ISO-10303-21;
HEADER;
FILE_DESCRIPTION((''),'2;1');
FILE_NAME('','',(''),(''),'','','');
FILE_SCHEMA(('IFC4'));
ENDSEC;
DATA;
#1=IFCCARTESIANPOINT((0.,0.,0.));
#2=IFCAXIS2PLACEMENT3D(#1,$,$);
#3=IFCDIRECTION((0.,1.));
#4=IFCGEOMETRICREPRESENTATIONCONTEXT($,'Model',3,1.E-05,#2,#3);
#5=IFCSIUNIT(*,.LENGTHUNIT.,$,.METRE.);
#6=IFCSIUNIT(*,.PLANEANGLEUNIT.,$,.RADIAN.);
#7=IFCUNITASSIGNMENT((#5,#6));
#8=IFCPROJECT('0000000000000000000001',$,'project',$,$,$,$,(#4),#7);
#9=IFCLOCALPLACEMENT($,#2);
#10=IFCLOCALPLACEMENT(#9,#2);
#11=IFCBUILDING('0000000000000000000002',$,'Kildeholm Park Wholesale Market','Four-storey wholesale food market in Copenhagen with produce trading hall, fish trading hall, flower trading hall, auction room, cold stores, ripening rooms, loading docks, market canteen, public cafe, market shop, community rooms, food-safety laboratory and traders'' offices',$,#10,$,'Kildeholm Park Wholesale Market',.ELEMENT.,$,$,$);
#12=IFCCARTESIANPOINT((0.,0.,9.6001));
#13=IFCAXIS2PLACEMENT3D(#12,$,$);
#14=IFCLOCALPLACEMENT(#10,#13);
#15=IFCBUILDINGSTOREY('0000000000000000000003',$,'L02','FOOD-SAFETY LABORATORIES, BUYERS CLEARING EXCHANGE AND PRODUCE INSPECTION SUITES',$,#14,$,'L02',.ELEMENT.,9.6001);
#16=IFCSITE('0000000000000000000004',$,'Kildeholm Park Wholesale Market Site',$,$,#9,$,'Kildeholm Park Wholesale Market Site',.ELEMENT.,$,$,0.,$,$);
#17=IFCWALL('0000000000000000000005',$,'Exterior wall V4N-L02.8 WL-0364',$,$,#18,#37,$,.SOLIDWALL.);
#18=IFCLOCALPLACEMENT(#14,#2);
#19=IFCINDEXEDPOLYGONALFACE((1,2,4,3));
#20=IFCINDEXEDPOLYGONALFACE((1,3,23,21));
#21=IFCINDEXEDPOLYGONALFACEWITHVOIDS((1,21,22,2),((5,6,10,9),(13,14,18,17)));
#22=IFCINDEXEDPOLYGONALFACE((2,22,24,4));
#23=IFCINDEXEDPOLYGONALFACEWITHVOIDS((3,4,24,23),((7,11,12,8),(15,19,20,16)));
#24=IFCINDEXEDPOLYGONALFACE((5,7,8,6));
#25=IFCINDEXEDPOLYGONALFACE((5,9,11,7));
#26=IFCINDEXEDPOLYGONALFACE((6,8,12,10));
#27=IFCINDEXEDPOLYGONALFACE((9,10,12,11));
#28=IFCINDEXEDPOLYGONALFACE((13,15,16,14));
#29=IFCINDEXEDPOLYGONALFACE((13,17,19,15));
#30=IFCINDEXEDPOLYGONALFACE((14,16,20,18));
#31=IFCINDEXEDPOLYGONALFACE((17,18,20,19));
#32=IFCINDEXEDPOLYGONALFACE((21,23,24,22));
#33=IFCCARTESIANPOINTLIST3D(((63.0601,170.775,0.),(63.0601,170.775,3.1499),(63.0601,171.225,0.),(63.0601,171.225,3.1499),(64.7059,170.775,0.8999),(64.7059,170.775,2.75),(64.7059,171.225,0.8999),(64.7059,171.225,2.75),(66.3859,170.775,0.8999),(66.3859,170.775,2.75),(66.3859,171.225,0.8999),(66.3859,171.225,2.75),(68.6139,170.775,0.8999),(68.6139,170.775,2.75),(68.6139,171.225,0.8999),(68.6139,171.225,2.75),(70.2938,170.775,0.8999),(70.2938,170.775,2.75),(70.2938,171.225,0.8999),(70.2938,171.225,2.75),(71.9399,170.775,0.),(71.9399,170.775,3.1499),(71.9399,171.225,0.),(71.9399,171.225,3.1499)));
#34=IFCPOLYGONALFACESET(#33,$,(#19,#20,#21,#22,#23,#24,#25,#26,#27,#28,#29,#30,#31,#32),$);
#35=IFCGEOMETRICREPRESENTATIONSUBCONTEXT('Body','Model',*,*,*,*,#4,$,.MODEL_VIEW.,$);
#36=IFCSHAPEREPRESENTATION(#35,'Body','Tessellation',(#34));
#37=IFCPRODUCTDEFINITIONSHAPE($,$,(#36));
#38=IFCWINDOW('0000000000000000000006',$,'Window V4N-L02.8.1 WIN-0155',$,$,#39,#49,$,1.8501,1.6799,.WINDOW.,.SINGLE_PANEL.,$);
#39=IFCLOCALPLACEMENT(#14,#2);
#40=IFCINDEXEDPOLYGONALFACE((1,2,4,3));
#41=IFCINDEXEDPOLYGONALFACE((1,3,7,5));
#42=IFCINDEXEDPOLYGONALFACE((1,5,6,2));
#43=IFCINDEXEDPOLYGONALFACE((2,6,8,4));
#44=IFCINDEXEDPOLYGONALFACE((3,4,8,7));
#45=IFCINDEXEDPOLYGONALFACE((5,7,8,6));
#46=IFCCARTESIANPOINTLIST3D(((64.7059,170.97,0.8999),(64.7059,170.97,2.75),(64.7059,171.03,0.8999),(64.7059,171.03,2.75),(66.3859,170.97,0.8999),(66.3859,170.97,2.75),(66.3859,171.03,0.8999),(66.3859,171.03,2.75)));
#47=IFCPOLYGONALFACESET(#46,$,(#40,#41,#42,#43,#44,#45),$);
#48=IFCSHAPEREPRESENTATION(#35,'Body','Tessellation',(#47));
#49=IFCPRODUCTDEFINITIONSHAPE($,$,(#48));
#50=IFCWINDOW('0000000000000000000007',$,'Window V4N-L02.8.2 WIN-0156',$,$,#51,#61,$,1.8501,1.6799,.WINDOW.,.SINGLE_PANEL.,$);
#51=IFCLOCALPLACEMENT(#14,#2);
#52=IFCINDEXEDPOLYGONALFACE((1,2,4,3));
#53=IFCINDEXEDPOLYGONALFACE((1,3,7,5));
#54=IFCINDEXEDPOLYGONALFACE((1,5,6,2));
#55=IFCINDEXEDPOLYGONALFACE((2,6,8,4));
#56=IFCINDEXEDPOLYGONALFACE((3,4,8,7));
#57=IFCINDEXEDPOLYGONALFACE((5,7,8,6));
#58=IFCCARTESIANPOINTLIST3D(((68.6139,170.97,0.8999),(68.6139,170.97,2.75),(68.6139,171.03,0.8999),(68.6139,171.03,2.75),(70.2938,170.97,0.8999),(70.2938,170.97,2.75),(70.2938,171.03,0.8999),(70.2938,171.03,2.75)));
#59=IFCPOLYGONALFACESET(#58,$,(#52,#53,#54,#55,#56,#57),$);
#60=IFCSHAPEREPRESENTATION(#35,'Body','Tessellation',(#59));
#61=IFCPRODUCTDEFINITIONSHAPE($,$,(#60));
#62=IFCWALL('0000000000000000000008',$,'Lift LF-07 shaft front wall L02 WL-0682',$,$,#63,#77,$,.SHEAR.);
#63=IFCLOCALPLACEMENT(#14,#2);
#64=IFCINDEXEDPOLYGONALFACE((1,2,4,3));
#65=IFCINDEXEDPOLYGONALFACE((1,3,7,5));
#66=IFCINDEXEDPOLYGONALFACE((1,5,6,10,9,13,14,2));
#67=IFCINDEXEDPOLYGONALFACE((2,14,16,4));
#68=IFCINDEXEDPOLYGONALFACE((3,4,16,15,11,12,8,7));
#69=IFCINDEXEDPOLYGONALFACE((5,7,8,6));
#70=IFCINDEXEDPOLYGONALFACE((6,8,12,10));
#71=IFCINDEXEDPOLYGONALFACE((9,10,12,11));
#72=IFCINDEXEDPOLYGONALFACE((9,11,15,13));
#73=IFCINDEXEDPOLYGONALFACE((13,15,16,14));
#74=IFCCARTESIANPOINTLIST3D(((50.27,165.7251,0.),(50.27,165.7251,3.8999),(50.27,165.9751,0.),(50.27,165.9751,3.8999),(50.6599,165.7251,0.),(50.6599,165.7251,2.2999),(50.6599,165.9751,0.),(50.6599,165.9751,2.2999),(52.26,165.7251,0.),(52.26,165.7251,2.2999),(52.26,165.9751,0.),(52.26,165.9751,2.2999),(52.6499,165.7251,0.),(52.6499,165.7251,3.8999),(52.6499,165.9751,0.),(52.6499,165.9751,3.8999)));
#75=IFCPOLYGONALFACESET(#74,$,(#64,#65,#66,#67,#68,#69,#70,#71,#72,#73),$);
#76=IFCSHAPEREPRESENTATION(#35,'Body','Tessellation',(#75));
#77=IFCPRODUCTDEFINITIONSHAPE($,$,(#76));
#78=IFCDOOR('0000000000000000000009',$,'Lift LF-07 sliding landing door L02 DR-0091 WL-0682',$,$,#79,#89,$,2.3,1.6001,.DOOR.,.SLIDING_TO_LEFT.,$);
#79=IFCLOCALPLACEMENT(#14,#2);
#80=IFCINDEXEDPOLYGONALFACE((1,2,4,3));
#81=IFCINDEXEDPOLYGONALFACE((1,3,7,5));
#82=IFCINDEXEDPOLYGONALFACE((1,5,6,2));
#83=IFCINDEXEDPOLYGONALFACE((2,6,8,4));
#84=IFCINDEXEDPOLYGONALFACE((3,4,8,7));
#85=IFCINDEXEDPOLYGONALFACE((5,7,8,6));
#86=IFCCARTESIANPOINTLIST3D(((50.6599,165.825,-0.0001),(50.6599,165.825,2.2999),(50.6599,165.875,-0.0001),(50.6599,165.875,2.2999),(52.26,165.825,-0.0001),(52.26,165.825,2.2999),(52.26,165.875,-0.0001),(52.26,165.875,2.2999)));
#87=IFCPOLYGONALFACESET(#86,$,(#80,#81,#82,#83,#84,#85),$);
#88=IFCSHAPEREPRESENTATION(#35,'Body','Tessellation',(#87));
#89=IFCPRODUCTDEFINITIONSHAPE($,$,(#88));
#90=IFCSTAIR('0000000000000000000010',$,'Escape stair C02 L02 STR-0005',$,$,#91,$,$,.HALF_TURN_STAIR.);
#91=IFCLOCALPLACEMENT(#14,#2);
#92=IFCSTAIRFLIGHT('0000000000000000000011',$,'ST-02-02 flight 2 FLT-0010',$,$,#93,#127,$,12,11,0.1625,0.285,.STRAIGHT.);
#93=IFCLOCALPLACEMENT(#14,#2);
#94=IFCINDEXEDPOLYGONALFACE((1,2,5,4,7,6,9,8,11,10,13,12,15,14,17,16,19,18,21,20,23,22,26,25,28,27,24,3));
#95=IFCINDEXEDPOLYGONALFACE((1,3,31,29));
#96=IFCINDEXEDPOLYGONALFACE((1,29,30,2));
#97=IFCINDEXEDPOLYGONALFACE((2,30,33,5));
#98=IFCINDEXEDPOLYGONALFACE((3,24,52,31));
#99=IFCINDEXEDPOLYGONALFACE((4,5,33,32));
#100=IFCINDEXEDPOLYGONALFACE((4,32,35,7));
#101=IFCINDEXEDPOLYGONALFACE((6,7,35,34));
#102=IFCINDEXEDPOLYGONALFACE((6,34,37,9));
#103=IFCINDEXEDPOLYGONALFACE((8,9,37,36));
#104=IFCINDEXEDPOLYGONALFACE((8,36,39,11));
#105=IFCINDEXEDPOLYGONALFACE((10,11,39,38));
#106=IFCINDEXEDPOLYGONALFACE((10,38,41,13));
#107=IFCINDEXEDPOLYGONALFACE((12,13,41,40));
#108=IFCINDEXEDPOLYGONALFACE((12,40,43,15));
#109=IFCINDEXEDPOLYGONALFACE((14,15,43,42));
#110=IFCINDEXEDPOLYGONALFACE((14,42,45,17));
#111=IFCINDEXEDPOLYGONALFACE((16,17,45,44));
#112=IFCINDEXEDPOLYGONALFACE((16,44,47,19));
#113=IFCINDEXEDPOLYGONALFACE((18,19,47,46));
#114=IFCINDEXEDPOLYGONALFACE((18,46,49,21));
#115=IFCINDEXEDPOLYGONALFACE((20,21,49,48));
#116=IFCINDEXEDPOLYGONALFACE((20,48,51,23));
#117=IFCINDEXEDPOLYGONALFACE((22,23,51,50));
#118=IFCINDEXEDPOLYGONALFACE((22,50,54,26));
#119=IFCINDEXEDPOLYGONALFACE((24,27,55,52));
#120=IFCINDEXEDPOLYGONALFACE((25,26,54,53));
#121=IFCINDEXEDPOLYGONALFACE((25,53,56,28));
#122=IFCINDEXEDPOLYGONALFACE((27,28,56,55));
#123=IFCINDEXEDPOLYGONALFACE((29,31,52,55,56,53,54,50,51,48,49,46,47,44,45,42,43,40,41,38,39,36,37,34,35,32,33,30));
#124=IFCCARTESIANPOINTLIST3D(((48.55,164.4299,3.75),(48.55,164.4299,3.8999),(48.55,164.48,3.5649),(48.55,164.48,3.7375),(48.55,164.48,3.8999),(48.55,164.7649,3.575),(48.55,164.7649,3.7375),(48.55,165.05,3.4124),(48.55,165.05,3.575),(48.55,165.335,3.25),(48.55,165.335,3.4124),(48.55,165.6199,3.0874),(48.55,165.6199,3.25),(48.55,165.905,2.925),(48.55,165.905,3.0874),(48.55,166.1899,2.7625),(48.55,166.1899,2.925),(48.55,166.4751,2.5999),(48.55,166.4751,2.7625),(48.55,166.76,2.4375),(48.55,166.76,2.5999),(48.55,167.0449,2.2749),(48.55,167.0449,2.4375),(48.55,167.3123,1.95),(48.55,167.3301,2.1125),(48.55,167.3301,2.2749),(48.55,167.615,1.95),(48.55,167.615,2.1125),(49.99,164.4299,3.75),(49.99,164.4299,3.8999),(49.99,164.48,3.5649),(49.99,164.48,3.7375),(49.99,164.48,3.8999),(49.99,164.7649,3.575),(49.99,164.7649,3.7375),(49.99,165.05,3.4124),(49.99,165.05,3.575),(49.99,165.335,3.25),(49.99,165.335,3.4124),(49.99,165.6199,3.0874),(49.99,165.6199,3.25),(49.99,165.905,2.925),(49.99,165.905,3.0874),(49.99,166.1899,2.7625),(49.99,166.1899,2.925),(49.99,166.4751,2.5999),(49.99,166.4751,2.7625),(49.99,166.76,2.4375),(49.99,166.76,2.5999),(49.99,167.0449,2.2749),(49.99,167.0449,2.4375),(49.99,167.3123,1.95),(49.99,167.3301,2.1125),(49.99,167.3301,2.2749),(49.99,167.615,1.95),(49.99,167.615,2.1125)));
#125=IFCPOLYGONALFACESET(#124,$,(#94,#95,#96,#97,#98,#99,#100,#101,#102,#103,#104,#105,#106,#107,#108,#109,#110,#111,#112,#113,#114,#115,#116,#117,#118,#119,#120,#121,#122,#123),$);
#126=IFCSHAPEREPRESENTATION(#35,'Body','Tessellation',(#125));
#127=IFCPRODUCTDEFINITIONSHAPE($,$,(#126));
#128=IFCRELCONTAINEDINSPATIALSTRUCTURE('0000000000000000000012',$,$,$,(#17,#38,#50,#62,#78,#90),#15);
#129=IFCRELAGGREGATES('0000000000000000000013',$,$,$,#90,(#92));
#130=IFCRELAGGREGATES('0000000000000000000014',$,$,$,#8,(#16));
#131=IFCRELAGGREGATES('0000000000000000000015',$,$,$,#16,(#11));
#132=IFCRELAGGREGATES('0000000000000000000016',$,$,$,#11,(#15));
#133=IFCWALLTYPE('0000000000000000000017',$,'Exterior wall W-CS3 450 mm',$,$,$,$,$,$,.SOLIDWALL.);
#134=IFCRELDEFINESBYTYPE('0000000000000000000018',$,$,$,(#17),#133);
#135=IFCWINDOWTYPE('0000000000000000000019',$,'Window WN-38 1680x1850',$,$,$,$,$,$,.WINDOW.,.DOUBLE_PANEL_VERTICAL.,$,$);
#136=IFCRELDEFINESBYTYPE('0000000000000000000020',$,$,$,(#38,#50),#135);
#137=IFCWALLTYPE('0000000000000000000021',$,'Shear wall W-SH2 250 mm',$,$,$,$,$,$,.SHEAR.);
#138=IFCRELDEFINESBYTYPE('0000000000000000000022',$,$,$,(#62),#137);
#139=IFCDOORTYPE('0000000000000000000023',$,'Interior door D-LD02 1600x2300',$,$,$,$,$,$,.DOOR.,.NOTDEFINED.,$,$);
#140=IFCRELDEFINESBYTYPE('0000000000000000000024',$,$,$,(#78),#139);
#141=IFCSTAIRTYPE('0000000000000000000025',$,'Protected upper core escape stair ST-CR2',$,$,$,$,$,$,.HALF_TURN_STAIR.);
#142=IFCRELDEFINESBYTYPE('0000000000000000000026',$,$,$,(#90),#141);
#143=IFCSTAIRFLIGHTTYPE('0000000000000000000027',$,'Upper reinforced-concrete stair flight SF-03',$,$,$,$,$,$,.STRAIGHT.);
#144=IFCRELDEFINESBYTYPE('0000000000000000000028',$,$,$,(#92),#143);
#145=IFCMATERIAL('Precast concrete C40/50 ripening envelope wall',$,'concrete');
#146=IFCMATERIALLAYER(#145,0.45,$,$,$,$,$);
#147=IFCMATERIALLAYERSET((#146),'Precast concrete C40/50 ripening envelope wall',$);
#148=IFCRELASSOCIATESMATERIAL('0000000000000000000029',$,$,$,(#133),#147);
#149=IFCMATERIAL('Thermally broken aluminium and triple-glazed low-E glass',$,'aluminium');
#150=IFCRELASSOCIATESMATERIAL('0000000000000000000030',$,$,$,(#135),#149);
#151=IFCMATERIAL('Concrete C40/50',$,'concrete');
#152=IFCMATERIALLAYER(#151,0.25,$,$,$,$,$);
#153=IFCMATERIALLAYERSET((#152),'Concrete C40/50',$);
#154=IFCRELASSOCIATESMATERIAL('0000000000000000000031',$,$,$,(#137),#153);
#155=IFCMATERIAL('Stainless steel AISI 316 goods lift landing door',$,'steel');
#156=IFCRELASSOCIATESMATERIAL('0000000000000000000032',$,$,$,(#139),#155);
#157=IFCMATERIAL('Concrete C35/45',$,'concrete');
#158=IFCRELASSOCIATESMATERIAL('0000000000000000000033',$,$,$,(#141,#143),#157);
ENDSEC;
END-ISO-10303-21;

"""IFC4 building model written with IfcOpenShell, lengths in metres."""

from ifc_helpers import new_model, si_unit, direction, frame, frame_2d, origin, place, context, subcontext, project, spatial, polyline, rectangle, outline, extrude, material, layer, layer_set, type_object, element, fill, aggregate, save


model = new_model("IFC4")

# Units and contexts
model_context = context("Model", 3, precision=1e-05, world=origin(), true_north=direction((0.0, 1.0)))
body_context = subcontext(model_context, "Body", "Model", "MODEL_VIEW")
ifc_project = project(units=[si_unit("LENGTHUNIT", "METRE"), si_unit("PLANEANGLEUNIT", "RADIAN")], contexts=[model_context])

# Site, building, storey
site_placement = place(None, origin())
site = spatial("IfcSite", under=ifc_project, at=site_placement, Name="Kildeholm Park Wholesale Market Site", LongName="Kildeholm Park Wholesale Market Site", CompositionType="ELEMENT", RefElevation=0.0)
building_placement = place(site_placement, origin())
building = spatial("IfcBuilding", under=site, at=building_placement, Name="Kildeholm Park Wholesale Market", Description="Four-storey wholesale food market in Copenhagen with produce trading hall, fish trading hall, flower trading hall, auction room, cold stores, ripening rooms, loading docks, market canteen, public cafe, market shop, community rooms, food-safety laboratory and traders' offices", LongName="Kildeholm Park Wholesale Market", CompositionType="ELEMENT")
storey_placement = place(building_placement, frame((0.0, 0.0, 9.6001)))
storey = spatial("IfcBuildingStorey", under=building, at=storey_placement, Name="L02", Description="FOOD-SAFETY LABORATORIES, BUYERS CLEARING EXCHANGE AND PRODUCE INSPECTION SUITES", LongName="L02", CompositionType="ELEMENT", Elevation=9.6001)

# Shared definitions
ifc_material_1 = material(Name="Concrete C40/50", Category="concrete")

# Wall, openings, windows
ifc_material_2 = material(Name="Precast concrete C40/50 ripening envelope wall", Category="concrete")
ifc_layer_1 = layer(ifc_material_2, 0.45)
ifc_layer_set_1 = layer_set([ifc_layer_1], Name="Precast concrete C40/50 ripening envelope wall")
wall_type_1 = type_object("IfcWallType", Name="Exterior wall W-CS3 450 mm", PredefinedType="SOLIDWALL", material=ifc_layer_set_1)
ifc_material_3 = material(Name="Thermally broken aluminium and triple-glazed low-E glass", Category="aluminium")
wall_1_placement = place(storey_placement, frame((63.0601, 171.0, 0.0), z_axis=(0.0, 0.0, 1.0), x_axis=(1.0, 0.0, 0.0)))
wall_1 = element("IfcWall", 1, at=wall_1_placement, inside=storey, type_object=wall_type_1, Name="Exterior wall V4N-L02.8 WL-0364", PredefinedType="SOLIDWALL", context=body_context, shape_type="SweptSolid", body=[
    extrude(rectangle(XDim=8.8799, YDim=0.45, at=frame_2d((4.4399, 0.0))), origin(), (0.0, 0.0, 1.0), 3.1499),
])
opening_1_placement = place(wall_1_placement, frame((1.646, 0.0, 0.8999)))
opening_1 = element("IfcOpeningElement", 2, at=opening_1_placement, cuts=wall_1, PredefinedType="OPENING", context=body_context, shape_type="SweptSolid", body=[
    extrude(rectangle(XDim=1.6799, YDim=1.8501, at=frame_2d((0.8398, 0.925))), frame((0.0, 0.2349, 0.0), z_axis=(0.0, -1.0, 0.0), x_axis=(1.0, 0.0, 0.0)), (0.0, 0.0, 1.0), 0.47),
])
opening_2_placement = place(wall_1_placement, frame((5.554, 0.0, 0.8999)))
opening_2 = element("IfcOpeningElement", 3, at=opening_2_placement, cuts=wall_1, PredefinedType="OPENING", context=body_context, shape_type="SweptSolid", body=[
    extrude(rectangle(XDim=1.6799, YDim=1.8501, at=frame_2d((0.8398, 0.925))), frame((0.0, 0.2349, 0.0), z_axis=(0.0, -1.0, 0.0), x_axis=(1.0, 0.0, 0.0)), (0.0, 0.0, 1.0), 0.47),
])
window_type_1 = type_object("IfcWindowType", Name="Window WN-38 1680x1850", PartitioningType="DOUBLE_PANEL_VERTICAL", PredefinedType="WINDOW", material=ifc_material_3)
window_1_placement = place(opening_1_placement, origin())
window_1 = element("IfcWindow", 4, at=window_1_placement, inside=storey, type_object=window_type_1, Name="Window V4N-L02.8.1 WIN-0155", OverallHeight=1.8501, OverallWidth=1.6799, PartitioningType="SINGLE_PANEL", PredefinedType="WINDOW", context=body_context, shape_type="SweptSolid", body=[
    extrude(rectangle(XDim=1.6799, YDim=1.8501, at=frame_2d((0.8398, 0.925))), frame((0.0, 0.03, 0.0), z_axis=(0.0, -1.0, 0.0), x_axis=(1.0, 0.0, 0.0)), (0.0, 0.0, 1.0), 0.0601),
])
fill(opening_1, window_1)
window_2_placement = place(opening_2_placement, origin())
window_2 = element("IfcWindow", 5, at=window_2_placement, inside=storey, type_object=window_type_1, Name="Window V4N-L02.8.2 WIN-0156", OverallHeight=1.8501, OverallWidth=1.6799, PartitioningType="SINGLE_PANEL", PredefinedType="WINDOW", context=body_context, shape_type="SweptSolid", body=[
    extrude(rectangle(XDim=1.6799, YDim=1.8501, at=frame_2d((0.8398, 0.925))), frame((0.0, 0.03, 0.0), z_axis=(0.0, -1.0, 0.0), x_axis=(1.0, 0.0, 0.0)), (0.0, 0.0, 1.0), 0.0601),
])
fill(opening_2, window_2)

# Wall, opening, door
ifc_layer_2 = layer(ifc_material_1, 0.25)
ifc_layer_set_2 = layer_set([ifc_layer_2], Name="Concrete C40/50")
wall_type_2 = type_object("IfcWallType", Name="Shear wall W-SH2 250 mm", PredefinedType="SHEAR", material=ifc_layer_set_2)
wall_2_placement = place(storey_placement, frame((50.27, 165.8501, 0.0), z_axis=(0.0, 0.0, 1.0), x_axis=(1.0, 0.0, 0.0)))
wall_2 = element("IfcWall", 6, at=wall_2_placement, inside=storey, type_object=wall_type_2, Name="Lift LF-07 shaft front wall L02 WL-0682", PredefinedType="SHEAR", context=body_context, shape_type="SweptSolid", body=[
    extrude(rectangle(XDim=2.3799, YDim=0.25, at=frame_2d((1.1899, 0.0))), origin(), (0.0, 0.0, 1.0), 3.8999),
])
opening_3_placement = place(wall_2_placement, frame((0.3899, 0.0, 0.0)))
opening_3 = element("IfcOpeningElement", 7, at=opening_3_placement, cuts=wall_2, PredefinedType="OPENING", context=body_context, shape_type="SweptSolid", body=[
    extrude(rectangle(XDim=1.6001, YDim=2.3, at=frame_2d((0.8, 1.1499))), frame((0.0, 0.135, 0.0), z_axis=(0.0, -1.0, 0.0), x_axis=(1.0, 0.0, 0.0)), (0.0, 0.0, 1.0), 0.27),
])
ifc_material_4 = material(Name="Stainless steel AISI 316 goods lift landing door", Category="steel")
door_type_1 = type_object("IfcDoorType", Name="Interior door D-LD02 1600x2300", OperationType="NOTDEFINED", PredefinedType="DOOR", material=ifc_material_4)
door_1_placement = place(opening_3_placement, origin())
door_1 = element("IfcDoor", 8, at=door_1_placement, inside=storey, type_object=door_type_1, Name="Lift LF-07 sliding landing door L02 DR-0091 WL-0682", OperationType="SLIDING_TO_LEFT", OverallHeight=2.3, OverallWidth=1.6001, PredefinedType="DOOR", context=body_context, shape_type="SweptSolid", body=[
    extrude(rectangle(XDim=1.6001, YDim=2.3, at=frame_2d((0.8, 1.1499))), frame((0.0, 0.0249, 0.0), z_axis=(0.0, -1.0, 0.0), x_axis=(1.0, 0.0, 0.0)), (0.0, 0.0, 1.0), 0.05),
])
fill(opening_3, door_1)

# Stair, stair flight
ifc_material_5 = material(Name="Concrete C35/45", Category="concrete")
stair_type = type_object("IfcStairType", Name="Protected upper core escape stair ST-CR2", PredefinedType="HALF_TURN_STAIR", material=ifc_material_5)
stair_placement = place(storey_placement, origin())
stair = element("IfcStair", 9, at=stair_placement, inside=storey, type_object=stair_type, Name="Escape stair C02 L02 STR-0005", PredefinedType="HALF_TURN_STAIR")
stair_flight_type = type_object("IfcStairFlightType", Name="Upper reinforced-concrete stair flight SF-03", PredefinedType="STRAIGHT", material=ifc_material_5)
stair_flight_placement = place(storey_placement, frame((49.27, 167.615, 1.95), z_axis=(0.0, 0.0, 1.0), x_axis=(0.0, -1.0, 0.0)))
stair_flight = element("IfcStairFlight", 10, at=stair_flight_placement, type_object=stair_flight_type, Name="ST-02-02 flight 2 FLT-0010", NumberOfRisers=12, NumberOfTreads=11, PredefinedType="STRAIGHT", RiserHeight=0.1625, TreadLength=0.285, context=body_context, shape_type="SweptSolid", body=[
    extrude(outline(polyline([(0.0, 0.0), (0.0, 0.1626), (0.2849, 0.1626), (0.2849, 0.325), (0.5701, 0.325), (0.5701, 0.4875), (0.855, 0.4875), (0.855, 0.6499), (1.1399, 0.6499), (1.1399, 0.8125), (1.425, 0.8125), (1.425, 0.9751), (1.71, 0.9751), (1.71, 1.1375), (1.9951, 1.1375), (1.9951, 1.3), (2.28, 1.3), (2.28, 1.4624), (2.5649, 1.4624), (2.5649, 1.625), (2.8501, 1.625), (2.8501, 1.7876), (3.135, 1.7876), (3.135, 1.95), (3.1851, 1.95), (3.1851, 1.8), (3.135, 1.615), (0.3027, 0.0), (0.0, 0.0)])), frame((0.0, 0.72, 0.0), z_axis=(0.0, -1.0, 0.0), x_axis=(1.0, 0.0, 0.0)), (0.0, 0.0, 1.0), 1.4399),
])
aggregate(stair, [stair_flight])

save(model, "model.ifc")
